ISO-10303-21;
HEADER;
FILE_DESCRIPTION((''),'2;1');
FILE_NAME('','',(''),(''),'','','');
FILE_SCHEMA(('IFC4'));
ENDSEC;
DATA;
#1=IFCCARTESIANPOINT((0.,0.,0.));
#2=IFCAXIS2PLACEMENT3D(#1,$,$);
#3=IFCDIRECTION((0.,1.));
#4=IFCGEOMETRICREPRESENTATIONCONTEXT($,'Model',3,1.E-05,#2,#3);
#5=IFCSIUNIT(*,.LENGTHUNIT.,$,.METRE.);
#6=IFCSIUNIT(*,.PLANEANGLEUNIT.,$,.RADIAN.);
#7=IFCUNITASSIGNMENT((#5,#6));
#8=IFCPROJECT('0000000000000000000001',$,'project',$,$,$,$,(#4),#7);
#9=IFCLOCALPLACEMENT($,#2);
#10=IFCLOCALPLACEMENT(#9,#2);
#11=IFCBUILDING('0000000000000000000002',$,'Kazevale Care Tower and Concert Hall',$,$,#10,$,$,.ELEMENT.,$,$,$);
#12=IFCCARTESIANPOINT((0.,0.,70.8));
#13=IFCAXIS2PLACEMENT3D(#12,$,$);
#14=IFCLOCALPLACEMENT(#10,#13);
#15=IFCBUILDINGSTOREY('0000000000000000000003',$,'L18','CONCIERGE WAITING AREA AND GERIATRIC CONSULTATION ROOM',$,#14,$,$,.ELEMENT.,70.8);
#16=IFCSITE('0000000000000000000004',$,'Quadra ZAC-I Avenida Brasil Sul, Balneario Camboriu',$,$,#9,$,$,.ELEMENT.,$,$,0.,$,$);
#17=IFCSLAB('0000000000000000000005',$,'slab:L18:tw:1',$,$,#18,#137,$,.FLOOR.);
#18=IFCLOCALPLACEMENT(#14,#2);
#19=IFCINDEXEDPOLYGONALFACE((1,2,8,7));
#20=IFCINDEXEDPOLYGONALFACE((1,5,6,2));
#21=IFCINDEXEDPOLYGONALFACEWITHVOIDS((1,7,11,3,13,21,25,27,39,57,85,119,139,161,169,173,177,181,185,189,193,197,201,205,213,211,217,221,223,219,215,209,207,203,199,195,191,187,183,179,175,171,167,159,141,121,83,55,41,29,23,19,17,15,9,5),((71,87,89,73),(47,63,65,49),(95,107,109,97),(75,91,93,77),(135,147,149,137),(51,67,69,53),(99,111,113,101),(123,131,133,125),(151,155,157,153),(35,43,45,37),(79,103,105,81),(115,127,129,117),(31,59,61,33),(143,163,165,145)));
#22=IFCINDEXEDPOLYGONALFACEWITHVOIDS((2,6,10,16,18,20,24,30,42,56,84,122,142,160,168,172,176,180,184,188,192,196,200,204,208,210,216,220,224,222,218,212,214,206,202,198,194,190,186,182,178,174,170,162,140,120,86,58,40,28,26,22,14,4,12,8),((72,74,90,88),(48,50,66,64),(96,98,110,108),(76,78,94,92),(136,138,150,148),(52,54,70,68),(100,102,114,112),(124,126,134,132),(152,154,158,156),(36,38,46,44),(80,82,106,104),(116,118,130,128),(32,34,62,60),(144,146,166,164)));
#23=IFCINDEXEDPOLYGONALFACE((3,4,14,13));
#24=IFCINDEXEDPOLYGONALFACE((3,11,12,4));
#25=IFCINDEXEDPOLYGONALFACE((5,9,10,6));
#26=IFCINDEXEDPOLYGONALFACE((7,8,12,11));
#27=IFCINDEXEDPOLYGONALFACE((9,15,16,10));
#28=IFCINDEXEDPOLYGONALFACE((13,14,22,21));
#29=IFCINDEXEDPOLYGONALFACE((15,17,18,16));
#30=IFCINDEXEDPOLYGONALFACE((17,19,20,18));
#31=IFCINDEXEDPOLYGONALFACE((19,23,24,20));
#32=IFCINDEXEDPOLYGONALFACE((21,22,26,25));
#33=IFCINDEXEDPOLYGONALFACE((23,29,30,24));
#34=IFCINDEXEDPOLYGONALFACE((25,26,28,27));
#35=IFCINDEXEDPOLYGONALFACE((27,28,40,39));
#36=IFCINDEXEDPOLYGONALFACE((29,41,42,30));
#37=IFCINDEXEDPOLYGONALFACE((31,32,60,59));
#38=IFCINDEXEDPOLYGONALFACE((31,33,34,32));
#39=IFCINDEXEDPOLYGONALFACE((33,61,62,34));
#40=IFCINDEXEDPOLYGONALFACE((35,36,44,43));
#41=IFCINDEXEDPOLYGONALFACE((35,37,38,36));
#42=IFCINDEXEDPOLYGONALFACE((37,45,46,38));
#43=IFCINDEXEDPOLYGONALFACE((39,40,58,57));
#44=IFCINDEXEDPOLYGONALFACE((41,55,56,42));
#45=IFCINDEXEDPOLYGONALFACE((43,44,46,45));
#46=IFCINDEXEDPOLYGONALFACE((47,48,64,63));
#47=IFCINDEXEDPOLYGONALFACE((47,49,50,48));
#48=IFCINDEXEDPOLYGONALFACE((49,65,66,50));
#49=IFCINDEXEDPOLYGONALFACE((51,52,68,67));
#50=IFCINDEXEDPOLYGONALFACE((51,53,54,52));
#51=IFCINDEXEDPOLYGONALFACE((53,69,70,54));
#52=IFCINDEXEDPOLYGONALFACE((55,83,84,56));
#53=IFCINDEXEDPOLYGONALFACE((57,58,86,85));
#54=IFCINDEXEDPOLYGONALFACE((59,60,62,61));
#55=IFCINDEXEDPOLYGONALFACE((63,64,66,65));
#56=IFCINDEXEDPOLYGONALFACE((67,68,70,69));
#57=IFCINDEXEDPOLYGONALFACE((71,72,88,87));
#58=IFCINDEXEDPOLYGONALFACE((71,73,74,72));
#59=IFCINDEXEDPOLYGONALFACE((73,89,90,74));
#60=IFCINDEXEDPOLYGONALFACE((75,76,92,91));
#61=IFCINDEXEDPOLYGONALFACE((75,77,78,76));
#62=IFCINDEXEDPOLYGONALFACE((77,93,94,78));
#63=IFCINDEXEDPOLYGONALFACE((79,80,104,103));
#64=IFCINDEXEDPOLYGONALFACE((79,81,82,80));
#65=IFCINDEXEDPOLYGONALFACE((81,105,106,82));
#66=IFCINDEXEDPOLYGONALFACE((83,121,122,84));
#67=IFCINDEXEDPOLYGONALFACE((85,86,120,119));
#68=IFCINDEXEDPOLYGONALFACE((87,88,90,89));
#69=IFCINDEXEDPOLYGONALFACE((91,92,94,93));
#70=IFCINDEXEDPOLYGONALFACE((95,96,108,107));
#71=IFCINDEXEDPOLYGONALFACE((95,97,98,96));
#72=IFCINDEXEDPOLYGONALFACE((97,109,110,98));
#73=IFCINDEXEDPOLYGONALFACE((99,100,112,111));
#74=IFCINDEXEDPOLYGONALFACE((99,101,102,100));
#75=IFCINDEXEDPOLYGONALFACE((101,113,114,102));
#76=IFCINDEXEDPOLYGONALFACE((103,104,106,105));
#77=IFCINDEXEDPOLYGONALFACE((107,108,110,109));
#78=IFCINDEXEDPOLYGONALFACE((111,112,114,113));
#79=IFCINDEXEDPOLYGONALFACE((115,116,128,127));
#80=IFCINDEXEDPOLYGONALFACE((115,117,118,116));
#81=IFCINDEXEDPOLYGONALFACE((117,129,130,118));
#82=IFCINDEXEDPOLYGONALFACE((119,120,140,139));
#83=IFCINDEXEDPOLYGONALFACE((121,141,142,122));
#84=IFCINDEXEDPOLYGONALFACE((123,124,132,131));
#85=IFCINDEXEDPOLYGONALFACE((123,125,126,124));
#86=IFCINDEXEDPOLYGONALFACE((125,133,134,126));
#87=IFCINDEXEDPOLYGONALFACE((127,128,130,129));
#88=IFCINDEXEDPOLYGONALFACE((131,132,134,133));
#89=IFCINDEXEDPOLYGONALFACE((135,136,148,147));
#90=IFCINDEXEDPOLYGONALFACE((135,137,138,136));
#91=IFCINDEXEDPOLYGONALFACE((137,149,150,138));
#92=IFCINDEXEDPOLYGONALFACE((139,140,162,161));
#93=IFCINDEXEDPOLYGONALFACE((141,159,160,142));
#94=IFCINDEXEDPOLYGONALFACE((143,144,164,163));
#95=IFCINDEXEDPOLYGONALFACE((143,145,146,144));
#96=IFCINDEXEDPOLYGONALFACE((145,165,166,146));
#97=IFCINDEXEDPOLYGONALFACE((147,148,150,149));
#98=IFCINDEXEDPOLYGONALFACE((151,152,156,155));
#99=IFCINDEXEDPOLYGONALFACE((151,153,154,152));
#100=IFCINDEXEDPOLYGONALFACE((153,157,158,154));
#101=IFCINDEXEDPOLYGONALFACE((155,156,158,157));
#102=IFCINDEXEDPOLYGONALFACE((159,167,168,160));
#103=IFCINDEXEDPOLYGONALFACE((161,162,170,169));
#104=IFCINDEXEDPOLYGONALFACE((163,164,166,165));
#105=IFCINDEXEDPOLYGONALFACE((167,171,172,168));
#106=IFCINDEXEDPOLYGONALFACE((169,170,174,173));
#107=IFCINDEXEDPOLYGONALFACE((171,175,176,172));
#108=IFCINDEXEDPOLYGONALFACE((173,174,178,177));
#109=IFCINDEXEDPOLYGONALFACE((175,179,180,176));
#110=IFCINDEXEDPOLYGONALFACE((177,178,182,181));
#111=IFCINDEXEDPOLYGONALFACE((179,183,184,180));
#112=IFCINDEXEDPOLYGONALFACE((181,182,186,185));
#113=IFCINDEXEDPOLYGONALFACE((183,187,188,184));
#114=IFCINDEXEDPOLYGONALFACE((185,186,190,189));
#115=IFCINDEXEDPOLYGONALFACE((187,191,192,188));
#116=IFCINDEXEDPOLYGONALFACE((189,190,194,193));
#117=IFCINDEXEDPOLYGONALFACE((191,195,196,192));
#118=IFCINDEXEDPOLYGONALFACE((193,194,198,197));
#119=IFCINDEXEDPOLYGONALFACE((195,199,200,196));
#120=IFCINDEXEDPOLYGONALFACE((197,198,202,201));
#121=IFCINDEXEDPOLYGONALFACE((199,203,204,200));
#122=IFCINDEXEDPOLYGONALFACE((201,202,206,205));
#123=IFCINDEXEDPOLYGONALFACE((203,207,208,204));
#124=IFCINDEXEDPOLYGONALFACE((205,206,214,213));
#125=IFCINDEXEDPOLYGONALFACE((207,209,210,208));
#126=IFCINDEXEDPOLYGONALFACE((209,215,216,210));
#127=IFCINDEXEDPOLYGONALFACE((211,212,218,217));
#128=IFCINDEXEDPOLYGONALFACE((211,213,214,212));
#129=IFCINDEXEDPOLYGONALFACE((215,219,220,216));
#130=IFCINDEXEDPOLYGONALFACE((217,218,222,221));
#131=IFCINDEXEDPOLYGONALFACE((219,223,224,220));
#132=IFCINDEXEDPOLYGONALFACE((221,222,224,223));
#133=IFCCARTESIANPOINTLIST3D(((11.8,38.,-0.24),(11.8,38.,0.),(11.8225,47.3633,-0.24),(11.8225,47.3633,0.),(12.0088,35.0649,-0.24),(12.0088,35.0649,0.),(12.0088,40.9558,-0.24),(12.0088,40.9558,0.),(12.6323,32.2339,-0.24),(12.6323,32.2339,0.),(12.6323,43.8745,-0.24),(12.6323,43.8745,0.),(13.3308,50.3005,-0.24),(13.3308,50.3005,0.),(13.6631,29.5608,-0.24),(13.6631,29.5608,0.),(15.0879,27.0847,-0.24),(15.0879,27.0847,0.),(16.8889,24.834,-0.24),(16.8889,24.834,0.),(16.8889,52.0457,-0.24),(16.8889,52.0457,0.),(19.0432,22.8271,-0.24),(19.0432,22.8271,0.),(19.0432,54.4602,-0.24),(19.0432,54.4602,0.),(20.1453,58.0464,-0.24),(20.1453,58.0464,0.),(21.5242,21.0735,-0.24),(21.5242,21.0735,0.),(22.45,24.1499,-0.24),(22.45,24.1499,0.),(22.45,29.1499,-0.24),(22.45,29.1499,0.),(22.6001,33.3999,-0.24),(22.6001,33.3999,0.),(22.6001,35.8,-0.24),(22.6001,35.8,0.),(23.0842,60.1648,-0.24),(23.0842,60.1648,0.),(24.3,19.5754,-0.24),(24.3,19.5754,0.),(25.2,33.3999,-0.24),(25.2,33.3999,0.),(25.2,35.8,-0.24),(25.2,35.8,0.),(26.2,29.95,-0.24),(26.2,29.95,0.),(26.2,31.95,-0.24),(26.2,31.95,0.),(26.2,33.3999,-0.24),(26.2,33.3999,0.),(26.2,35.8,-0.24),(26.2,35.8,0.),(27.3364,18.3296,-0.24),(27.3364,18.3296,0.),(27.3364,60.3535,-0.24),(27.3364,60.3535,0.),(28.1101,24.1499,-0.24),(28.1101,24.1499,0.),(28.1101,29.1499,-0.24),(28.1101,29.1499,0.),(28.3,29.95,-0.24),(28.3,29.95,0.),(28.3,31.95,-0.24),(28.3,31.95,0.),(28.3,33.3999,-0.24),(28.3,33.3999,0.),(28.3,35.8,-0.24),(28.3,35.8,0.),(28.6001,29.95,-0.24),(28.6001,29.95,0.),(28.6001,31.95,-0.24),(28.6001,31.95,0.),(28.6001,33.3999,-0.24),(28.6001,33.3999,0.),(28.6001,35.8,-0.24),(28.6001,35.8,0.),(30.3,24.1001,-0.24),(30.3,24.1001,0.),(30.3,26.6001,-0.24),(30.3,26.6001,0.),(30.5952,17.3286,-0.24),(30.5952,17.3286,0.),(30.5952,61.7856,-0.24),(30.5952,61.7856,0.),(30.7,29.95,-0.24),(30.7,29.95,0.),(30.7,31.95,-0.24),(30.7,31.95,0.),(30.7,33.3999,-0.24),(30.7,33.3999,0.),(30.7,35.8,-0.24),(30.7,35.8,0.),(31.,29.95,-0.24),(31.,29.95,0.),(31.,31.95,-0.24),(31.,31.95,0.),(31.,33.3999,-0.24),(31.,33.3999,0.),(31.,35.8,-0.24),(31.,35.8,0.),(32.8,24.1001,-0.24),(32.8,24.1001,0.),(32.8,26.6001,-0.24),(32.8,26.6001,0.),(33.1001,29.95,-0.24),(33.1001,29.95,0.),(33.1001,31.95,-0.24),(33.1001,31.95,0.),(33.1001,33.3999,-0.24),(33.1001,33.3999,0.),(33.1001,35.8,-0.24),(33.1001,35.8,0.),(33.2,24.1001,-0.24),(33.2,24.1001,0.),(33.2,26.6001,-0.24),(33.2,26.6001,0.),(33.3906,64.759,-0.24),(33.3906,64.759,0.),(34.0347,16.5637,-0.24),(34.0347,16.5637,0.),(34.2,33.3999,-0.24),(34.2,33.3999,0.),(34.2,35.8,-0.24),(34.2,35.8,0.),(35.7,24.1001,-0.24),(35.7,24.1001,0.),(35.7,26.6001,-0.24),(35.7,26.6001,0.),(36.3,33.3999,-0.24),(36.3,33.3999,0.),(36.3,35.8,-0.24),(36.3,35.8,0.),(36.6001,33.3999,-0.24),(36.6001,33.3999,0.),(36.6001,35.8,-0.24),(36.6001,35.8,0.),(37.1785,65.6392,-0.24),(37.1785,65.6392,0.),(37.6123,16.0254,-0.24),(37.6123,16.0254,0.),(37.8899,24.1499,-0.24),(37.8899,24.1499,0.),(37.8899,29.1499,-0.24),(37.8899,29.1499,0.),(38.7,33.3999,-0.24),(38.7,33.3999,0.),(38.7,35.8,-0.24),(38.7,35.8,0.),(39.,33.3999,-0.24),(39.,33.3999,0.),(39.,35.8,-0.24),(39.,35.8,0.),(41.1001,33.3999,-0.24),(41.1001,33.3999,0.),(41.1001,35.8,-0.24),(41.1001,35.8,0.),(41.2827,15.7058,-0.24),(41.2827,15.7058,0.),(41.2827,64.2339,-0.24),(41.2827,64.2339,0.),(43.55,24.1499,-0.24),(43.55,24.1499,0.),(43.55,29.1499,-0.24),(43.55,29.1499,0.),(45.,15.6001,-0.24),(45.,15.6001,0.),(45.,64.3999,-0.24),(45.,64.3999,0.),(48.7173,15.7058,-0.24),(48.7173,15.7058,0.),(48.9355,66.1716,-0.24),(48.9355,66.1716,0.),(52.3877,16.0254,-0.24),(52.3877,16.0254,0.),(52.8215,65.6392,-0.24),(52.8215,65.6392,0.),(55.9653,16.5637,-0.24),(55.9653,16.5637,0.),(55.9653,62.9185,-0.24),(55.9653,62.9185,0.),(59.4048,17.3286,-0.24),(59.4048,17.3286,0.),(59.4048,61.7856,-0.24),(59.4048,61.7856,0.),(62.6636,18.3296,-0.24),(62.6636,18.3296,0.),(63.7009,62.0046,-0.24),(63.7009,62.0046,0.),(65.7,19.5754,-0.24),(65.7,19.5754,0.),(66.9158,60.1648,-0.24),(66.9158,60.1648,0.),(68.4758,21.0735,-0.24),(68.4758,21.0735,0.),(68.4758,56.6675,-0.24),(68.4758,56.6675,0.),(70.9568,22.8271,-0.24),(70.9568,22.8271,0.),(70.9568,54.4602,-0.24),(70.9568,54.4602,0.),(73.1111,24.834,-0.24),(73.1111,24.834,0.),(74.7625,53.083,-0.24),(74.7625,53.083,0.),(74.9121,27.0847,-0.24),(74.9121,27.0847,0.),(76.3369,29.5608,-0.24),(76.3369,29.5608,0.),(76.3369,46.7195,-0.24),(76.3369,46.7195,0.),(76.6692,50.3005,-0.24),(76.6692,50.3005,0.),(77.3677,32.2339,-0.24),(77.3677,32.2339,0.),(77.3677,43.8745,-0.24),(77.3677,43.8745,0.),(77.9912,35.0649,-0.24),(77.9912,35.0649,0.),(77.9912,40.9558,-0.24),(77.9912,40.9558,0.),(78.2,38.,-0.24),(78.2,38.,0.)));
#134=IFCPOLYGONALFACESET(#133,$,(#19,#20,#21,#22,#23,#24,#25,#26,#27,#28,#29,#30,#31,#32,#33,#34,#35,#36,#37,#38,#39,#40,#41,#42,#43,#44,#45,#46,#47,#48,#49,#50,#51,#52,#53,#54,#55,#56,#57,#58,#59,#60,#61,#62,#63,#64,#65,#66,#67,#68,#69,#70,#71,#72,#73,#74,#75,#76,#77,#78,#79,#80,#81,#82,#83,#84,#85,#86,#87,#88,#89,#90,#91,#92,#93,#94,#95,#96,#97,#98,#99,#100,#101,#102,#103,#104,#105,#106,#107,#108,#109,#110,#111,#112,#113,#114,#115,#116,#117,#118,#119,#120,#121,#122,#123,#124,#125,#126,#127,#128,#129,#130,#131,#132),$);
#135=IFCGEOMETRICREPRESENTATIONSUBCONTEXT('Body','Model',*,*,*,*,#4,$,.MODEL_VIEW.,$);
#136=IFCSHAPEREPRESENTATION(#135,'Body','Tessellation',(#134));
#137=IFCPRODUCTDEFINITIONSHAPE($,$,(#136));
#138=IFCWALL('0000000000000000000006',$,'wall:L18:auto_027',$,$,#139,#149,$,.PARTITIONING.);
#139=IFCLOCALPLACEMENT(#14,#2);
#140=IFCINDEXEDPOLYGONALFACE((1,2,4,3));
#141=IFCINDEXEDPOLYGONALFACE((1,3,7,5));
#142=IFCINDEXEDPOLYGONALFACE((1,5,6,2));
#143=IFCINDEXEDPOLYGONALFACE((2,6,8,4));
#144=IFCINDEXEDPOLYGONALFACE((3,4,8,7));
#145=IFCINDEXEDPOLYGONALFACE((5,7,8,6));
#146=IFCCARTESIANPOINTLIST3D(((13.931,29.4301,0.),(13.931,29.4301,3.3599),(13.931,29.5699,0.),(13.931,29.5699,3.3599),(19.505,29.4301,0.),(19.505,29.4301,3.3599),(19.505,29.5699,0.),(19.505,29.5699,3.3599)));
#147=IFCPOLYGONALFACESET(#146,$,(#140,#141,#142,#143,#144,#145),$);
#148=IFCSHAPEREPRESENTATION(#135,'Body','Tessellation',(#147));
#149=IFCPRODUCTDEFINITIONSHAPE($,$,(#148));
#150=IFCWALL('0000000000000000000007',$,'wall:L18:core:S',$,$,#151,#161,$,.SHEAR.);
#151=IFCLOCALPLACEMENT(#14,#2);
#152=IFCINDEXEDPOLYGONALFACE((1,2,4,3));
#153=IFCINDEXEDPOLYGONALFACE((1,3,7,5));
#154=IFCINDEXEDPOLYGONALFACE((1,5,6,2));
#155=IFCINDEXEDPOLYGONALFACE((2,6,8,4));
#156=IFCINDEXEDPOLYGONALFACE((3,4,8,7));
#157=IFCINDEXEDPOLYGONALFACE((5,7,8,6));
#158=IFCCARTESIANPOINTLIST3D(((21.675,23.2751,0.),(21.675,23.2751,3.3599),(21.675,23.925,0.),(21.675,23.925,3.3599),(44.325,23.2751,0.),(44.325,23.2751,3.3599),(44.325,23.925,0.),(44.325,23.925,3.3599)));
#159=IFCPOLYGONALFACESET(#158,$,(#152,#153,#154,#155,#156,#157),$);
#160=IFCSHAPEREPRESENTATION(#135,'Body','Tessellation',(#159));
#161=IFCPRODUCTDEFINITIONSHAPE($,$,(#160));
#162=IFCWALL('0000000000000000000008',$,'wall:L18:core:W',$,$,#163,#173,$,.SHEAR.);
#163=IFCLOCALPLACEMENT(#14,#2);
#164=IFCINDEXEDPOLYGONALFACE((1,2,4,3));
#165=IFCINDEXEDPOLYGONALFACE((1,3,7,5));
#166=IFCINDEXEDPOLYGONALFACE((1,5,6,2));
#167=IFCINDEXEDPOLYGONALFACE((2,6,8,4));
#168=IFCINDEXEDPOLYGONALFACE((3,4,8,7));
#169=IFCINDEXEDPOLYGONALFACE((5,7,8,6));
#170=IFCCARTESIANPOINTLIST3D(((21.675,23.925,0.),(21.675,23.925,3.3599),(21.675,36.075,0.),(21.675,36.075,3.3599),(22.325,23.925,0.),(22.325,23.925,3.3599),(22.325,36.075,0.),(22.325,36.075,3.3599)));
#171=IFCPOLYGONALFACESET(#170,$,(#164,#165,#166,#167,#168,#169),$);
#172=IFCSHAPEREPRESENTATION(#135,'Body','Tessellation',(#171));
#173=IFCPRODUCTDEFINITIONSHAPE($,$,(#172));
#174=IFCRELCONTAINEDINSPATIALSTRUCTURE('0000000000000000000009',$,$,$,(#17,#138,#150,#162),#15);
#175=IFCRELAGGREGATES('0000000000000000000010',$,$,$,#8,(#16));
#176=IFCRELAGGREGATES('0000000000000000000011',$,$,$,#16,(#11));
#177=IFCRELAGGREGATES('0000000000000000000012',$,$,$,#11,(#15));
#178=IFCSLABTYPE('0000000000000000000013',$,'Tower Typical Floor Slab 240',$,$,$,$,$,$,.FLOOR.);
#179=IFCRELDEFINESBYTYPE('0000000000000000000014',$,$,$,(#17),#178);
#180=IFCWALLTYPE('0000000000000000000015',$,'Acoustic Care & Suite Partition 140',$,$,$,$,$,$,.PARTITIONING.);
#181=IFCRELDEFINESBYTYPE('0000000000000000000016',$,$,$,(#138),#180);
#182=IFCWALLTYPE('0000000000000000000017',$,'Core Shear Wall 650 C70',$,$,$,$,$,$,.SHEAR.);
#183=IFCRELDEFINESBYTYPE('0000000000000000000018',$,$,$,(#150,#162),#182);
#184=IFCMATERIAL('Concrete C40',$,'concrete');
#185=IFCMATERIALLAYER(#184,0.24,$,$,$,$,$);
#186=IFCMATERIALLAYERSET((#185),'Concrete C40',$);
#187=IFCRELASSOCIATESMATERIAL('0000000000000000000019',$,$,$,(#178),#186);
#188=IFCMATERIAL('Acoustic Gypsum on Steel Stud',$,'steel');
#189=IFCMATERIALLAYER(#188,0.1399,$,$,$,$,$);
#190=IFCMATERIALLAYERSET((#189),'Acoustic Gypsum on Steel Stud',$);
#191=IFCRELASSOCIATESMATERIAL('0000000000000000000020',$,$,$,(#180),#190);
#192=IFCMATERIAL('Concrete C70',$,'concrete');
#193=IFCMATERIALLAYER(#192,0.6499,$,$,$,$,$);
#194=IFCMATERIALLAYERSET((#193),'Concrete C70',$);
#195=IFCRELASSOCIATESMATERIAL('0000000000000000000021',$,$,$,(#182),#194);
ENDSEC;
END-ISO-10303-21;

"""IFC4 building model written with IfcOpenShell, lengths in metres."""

from ifc_helpers import new_model, si_unit, direction, frame, frame_2d, origin, place, context, subcontext, project, spatial, polyline, rectangle, outline, extrude, material, layer, layer_set, type_object, element, save


model = new_model("IFC4")

# Units and contexts
model_context = context("Model", 3, precision=1e-05, world=origin(), true_north=direction((0.0, 1.0)))
body_context = subcontext(model_context, "Body", "Model", "MODEL_VIEW")
ifc_project = project(units=[si_unit("LENGTHUNIT", "METRE"), si_unit("PLANEANGLEUNIT", "RADIAN")], contexts=[model_context])

# Site, building, storey
site_placement = place(None, origin())
site = spatial("IfcSite", under=ifc_project, at=site_placement, Name="Quadra ZAC-I Avenida Brasil Sul, Balneario Camboriu", CompositionType="ELEMENT", RefElevation=0.0)
building_placement = place(site_placement, origin())
building = spatial("IfcBuilding", under=site, at=building_placement, Name="Kazevale Care Tower and Concert Hall", CompositionType="ELEMENT")
storey_placement = place(building_placement, frame((0.0, 0.0, 70.8)))
storey = spatial("IfcBuildingStorey", under=building, at=storey_placement, Name="L18", Description="CONCIERGE WAITING AREA AND GERIATRIC CONSULTATION ROOM", CompositionType="ELEMENT", Elevation=70.8)

# Shared definitions
ifc_material_1 = material(Name="Concrete C70", Category="concrete")

# Shared definitions
ifc_material_2 = material(Name="Concrete C40", Category="concrete")

# Slab
ifc_layer_1 = layer(ifc_material_2, 0.24)
ifc_layer_set_1 = layer_set([ifc_layer_1], Name="Concrete C40")
slab_type_1 = type_object("IfcSlabType", Name="Tower Typical Floor Slab 240", PredefinedType="FLOOR", material=ifc_layer_set_1)
slab_1_placement = place(storey_placement, frame((0.0, 0.0, -0.24)))
element("IfcSlab", 1, at=slab_1_placement, inside=storey, type_object=slab_type_1, Name="slab:L18:tw:1", PredefinedType="FLOOR", context=body_context, shape_type="SweptSolid", body=[
    extrude(outline(polyline([(78.2, 38.0), (77.9912, 40.9558), (77.3677, 43.8745), (76.3369, 46.7195), (76.6692, 50.3005), (74.7625, 53.083), (70.9568, 54.4602), (68.4758, 56.6675), (66.9158, 60.1648), (63.7009, 62.0046), (59.4048, 61.7856), (55.9653, 62.9185), (52.8215, 65.6392), (48.9355, 66.1716), (45.0, 64.3999), (41.2827, 64.2339), (37.1785, 65.6392), (33.3906, 64.759), (30.5952, 61.7856), (27.3364, 60.3535), (23.0842, 60.1648), (20.1453, 58.0464), (19.0432, 54.4602), (16.8889, 52.0457), (13.3308, 50.3005), (11.8225, 47.3633), (12.6323, 43.8745), (12.0088, 40.9558), (11.8, 38.0), (12.0088, 35.0649), (12.6323, 32.2339), (13.6631, 29.5608), (15.0879, 27.0847), (16.8889, 24.834), (19.0432, 22.8271), (21.5242, 21.0735), (24.3, 19.5754), (27.3364, 18.3296), (30.5952, 17.3286), (34.0347, 16.5637), (37.6123, 16.0254), (41.2827, 15.7058), (45.0, 15.6001), (48.7173, 15.7058), (52.3877, 16.0254), (55.9653, 16.5637), (59.4048, 17.3286), (62.6636, 18.3296), (65.7, 19.5754), (68.4758, 21.0735), (70.9568, 22.8271), (73.1111, 24.834), (74.9121, 27.0847), (76.3369, 29.5608), (77.3677, 32.2339), (77.9912, 35.0649), (78.2, 38.0)]), holes=[polyline([(22.45, 24.1499), (28.1101, 24.1499), (28.1101, 29.1499), (22.45, 29.1499), (22.45, 24.1499)]), polyline([(37.8899, 24.1499), (43.55, 24.1499), (43.55, 29.1499), (37.8899, 29.1499), (37.8899, 24.1499)]), polyline([(30.3, 24.1001), (32.8, 24.1001), (32.8, 26.6001), (30.3, 26.6001), (30.3, 24.1001)]), polyline([(33.2, 24.1001), (35.7, 24.1001), (35.7, 26.6001), (33.2, 26.6001), (33.2, 24.1001)]), polyline([(22.6001, 33.3999), (25.2, 33.3999), (25.2, 35.8), (22.6001, 35.8), (22.6001, 33.3999)]), polyline([(26.2, 33.3999), (28.3, 33.3999), (28.3, 35.8), (26.2, 35.8), (26.2, 33.3999)]), polyline([(28.6001, 33.3999), (30.7, 33.3999), (30.7, 35.8), (28.6001, 35.8), (28.6001, 33.3999)]), polyline([(31.0, 33.3999), (33.1001, 33.3999), (33.1001, 35.8), (31.0, 35.8), (31.0, 33.3999)]), polyline([(34.2, 33.3999), (36.3, 33.3999), (36.3, 35.8), (34.2, 35.8), (34.2, 33.3999)]), polyline([(36.6001, 33.3999), (38.7, 33.3999), (38.7, 35.8), (36.6001, 35.8), (36.6001, 33.3999)]), polyline([(39.0, 33.3999), (41.1001, 33.3999), (41.1001, 35.8), (39.0, 35.8), (39.0, 33.3999)]), polyline([(26.2, 29.95), (28.3, 29.95), (28.3, 31.95), (26.2, 31.95), (26.2, 29.95)]), polyline([(28.6001, 29.95), (30.7, 29.95), (30.7, 31.95), (28.6001, 31.95), (28.6001, 29.95)]), polyline([(31.0, 29.95), (33.1001, 29.95), (33.1001, 31.95), (31.0, 31.95), (31.0, 29.95)])]), origin(), (0.0, 0.0, 1.0), 0.24),
])

# Walls
ifc_material_3 = material(Name="Acoustic Gypsum on Steel Stud", Category="steel")
ifc_layer_2 = layer(ifc_material_3, 0.1399)
ifc_layer_set_2 = layer_set([ifc_layer_2], Name="Acoustic Gypsum on Steel Stud")
wall_type_1 = type_object("IfcWallType", Name="Acoustic Care & Suite Partition 140", PredefinedType="PARTITIONING", material=ifc_layer_set_2)
wall_1_placement = place(storey_placement, frame((13.9309, 29.5, 0.0), z_axis=(0.0, 0.0, 1.0), x_axis=(1.0, 0.0, 0.0)))
element("IfcWall", 2, at=wall_1_placement, inside=storey, type_object=wall_type_1, Name="wall:L18:auto_027", PredefinedType="PARTITIONING", context=body_context, shape_type="SweptSolid", body=[
    extrude(rectangle(XDim=5.574, YDim=0.1399, at=frame_2d((2.7871, 0.0))), origin(), (0.0, 0.0, 1.0), 3.3599),
])
ifc_layer_3 = layer(ifc_material_1, 0.6499)
ifc_layer_set_3 = layer_set([ifc_layer_3], Name="Concrete C70")
wall_type_2 = type_object("IfcWallType", Name="Core Shear Wall 650 C70", PredefinedType="SHEAR", material=ifc_layer_set_3)
wall_2_placement = place(storey_placement, frame((21.675, 23.6001, 0.0), z_axis=(0.0, 0.0, 1.0), x_axis=(1.0, 0.0, 0.0)))
element("IfcWall", 3, at=wall_2_placement, inside=storey, type_object=wall_type_2, Name="wall:L18:core:S", PredefinedType="SHEAR", context=body_context, shape_type="SweptSolid", body=[
    extrude(rectangle(XDim=22.6499, YDim=0.6499, at=frame_2d((11.325, 0.0))), origin(), (0.0, 0.0, 1.0), 3.3599),
])
wall_3_placement = place(storey_placement, frame((22.0, 23.925, 0.0), z_axis=(0.0, 0.0, 1.0), x_axis=(0.0, 1.0, 0.0)))
element("IfcWall", 4, at=wall_3_placement, inside=storey, type_object=wall_type_2, Name="wall:L18:core:W", PredefinedType="SHEAR", context=body_context, shape_type="SweptSolid", body=[
    extrude(rectangle(XDim=12.1499, YDim=0.6499, at=frame_2d((6.075, 0.0))), origin(), (0.0, 0.0, 1.0), 3.3599),
])

save(model, "model.ifc")
